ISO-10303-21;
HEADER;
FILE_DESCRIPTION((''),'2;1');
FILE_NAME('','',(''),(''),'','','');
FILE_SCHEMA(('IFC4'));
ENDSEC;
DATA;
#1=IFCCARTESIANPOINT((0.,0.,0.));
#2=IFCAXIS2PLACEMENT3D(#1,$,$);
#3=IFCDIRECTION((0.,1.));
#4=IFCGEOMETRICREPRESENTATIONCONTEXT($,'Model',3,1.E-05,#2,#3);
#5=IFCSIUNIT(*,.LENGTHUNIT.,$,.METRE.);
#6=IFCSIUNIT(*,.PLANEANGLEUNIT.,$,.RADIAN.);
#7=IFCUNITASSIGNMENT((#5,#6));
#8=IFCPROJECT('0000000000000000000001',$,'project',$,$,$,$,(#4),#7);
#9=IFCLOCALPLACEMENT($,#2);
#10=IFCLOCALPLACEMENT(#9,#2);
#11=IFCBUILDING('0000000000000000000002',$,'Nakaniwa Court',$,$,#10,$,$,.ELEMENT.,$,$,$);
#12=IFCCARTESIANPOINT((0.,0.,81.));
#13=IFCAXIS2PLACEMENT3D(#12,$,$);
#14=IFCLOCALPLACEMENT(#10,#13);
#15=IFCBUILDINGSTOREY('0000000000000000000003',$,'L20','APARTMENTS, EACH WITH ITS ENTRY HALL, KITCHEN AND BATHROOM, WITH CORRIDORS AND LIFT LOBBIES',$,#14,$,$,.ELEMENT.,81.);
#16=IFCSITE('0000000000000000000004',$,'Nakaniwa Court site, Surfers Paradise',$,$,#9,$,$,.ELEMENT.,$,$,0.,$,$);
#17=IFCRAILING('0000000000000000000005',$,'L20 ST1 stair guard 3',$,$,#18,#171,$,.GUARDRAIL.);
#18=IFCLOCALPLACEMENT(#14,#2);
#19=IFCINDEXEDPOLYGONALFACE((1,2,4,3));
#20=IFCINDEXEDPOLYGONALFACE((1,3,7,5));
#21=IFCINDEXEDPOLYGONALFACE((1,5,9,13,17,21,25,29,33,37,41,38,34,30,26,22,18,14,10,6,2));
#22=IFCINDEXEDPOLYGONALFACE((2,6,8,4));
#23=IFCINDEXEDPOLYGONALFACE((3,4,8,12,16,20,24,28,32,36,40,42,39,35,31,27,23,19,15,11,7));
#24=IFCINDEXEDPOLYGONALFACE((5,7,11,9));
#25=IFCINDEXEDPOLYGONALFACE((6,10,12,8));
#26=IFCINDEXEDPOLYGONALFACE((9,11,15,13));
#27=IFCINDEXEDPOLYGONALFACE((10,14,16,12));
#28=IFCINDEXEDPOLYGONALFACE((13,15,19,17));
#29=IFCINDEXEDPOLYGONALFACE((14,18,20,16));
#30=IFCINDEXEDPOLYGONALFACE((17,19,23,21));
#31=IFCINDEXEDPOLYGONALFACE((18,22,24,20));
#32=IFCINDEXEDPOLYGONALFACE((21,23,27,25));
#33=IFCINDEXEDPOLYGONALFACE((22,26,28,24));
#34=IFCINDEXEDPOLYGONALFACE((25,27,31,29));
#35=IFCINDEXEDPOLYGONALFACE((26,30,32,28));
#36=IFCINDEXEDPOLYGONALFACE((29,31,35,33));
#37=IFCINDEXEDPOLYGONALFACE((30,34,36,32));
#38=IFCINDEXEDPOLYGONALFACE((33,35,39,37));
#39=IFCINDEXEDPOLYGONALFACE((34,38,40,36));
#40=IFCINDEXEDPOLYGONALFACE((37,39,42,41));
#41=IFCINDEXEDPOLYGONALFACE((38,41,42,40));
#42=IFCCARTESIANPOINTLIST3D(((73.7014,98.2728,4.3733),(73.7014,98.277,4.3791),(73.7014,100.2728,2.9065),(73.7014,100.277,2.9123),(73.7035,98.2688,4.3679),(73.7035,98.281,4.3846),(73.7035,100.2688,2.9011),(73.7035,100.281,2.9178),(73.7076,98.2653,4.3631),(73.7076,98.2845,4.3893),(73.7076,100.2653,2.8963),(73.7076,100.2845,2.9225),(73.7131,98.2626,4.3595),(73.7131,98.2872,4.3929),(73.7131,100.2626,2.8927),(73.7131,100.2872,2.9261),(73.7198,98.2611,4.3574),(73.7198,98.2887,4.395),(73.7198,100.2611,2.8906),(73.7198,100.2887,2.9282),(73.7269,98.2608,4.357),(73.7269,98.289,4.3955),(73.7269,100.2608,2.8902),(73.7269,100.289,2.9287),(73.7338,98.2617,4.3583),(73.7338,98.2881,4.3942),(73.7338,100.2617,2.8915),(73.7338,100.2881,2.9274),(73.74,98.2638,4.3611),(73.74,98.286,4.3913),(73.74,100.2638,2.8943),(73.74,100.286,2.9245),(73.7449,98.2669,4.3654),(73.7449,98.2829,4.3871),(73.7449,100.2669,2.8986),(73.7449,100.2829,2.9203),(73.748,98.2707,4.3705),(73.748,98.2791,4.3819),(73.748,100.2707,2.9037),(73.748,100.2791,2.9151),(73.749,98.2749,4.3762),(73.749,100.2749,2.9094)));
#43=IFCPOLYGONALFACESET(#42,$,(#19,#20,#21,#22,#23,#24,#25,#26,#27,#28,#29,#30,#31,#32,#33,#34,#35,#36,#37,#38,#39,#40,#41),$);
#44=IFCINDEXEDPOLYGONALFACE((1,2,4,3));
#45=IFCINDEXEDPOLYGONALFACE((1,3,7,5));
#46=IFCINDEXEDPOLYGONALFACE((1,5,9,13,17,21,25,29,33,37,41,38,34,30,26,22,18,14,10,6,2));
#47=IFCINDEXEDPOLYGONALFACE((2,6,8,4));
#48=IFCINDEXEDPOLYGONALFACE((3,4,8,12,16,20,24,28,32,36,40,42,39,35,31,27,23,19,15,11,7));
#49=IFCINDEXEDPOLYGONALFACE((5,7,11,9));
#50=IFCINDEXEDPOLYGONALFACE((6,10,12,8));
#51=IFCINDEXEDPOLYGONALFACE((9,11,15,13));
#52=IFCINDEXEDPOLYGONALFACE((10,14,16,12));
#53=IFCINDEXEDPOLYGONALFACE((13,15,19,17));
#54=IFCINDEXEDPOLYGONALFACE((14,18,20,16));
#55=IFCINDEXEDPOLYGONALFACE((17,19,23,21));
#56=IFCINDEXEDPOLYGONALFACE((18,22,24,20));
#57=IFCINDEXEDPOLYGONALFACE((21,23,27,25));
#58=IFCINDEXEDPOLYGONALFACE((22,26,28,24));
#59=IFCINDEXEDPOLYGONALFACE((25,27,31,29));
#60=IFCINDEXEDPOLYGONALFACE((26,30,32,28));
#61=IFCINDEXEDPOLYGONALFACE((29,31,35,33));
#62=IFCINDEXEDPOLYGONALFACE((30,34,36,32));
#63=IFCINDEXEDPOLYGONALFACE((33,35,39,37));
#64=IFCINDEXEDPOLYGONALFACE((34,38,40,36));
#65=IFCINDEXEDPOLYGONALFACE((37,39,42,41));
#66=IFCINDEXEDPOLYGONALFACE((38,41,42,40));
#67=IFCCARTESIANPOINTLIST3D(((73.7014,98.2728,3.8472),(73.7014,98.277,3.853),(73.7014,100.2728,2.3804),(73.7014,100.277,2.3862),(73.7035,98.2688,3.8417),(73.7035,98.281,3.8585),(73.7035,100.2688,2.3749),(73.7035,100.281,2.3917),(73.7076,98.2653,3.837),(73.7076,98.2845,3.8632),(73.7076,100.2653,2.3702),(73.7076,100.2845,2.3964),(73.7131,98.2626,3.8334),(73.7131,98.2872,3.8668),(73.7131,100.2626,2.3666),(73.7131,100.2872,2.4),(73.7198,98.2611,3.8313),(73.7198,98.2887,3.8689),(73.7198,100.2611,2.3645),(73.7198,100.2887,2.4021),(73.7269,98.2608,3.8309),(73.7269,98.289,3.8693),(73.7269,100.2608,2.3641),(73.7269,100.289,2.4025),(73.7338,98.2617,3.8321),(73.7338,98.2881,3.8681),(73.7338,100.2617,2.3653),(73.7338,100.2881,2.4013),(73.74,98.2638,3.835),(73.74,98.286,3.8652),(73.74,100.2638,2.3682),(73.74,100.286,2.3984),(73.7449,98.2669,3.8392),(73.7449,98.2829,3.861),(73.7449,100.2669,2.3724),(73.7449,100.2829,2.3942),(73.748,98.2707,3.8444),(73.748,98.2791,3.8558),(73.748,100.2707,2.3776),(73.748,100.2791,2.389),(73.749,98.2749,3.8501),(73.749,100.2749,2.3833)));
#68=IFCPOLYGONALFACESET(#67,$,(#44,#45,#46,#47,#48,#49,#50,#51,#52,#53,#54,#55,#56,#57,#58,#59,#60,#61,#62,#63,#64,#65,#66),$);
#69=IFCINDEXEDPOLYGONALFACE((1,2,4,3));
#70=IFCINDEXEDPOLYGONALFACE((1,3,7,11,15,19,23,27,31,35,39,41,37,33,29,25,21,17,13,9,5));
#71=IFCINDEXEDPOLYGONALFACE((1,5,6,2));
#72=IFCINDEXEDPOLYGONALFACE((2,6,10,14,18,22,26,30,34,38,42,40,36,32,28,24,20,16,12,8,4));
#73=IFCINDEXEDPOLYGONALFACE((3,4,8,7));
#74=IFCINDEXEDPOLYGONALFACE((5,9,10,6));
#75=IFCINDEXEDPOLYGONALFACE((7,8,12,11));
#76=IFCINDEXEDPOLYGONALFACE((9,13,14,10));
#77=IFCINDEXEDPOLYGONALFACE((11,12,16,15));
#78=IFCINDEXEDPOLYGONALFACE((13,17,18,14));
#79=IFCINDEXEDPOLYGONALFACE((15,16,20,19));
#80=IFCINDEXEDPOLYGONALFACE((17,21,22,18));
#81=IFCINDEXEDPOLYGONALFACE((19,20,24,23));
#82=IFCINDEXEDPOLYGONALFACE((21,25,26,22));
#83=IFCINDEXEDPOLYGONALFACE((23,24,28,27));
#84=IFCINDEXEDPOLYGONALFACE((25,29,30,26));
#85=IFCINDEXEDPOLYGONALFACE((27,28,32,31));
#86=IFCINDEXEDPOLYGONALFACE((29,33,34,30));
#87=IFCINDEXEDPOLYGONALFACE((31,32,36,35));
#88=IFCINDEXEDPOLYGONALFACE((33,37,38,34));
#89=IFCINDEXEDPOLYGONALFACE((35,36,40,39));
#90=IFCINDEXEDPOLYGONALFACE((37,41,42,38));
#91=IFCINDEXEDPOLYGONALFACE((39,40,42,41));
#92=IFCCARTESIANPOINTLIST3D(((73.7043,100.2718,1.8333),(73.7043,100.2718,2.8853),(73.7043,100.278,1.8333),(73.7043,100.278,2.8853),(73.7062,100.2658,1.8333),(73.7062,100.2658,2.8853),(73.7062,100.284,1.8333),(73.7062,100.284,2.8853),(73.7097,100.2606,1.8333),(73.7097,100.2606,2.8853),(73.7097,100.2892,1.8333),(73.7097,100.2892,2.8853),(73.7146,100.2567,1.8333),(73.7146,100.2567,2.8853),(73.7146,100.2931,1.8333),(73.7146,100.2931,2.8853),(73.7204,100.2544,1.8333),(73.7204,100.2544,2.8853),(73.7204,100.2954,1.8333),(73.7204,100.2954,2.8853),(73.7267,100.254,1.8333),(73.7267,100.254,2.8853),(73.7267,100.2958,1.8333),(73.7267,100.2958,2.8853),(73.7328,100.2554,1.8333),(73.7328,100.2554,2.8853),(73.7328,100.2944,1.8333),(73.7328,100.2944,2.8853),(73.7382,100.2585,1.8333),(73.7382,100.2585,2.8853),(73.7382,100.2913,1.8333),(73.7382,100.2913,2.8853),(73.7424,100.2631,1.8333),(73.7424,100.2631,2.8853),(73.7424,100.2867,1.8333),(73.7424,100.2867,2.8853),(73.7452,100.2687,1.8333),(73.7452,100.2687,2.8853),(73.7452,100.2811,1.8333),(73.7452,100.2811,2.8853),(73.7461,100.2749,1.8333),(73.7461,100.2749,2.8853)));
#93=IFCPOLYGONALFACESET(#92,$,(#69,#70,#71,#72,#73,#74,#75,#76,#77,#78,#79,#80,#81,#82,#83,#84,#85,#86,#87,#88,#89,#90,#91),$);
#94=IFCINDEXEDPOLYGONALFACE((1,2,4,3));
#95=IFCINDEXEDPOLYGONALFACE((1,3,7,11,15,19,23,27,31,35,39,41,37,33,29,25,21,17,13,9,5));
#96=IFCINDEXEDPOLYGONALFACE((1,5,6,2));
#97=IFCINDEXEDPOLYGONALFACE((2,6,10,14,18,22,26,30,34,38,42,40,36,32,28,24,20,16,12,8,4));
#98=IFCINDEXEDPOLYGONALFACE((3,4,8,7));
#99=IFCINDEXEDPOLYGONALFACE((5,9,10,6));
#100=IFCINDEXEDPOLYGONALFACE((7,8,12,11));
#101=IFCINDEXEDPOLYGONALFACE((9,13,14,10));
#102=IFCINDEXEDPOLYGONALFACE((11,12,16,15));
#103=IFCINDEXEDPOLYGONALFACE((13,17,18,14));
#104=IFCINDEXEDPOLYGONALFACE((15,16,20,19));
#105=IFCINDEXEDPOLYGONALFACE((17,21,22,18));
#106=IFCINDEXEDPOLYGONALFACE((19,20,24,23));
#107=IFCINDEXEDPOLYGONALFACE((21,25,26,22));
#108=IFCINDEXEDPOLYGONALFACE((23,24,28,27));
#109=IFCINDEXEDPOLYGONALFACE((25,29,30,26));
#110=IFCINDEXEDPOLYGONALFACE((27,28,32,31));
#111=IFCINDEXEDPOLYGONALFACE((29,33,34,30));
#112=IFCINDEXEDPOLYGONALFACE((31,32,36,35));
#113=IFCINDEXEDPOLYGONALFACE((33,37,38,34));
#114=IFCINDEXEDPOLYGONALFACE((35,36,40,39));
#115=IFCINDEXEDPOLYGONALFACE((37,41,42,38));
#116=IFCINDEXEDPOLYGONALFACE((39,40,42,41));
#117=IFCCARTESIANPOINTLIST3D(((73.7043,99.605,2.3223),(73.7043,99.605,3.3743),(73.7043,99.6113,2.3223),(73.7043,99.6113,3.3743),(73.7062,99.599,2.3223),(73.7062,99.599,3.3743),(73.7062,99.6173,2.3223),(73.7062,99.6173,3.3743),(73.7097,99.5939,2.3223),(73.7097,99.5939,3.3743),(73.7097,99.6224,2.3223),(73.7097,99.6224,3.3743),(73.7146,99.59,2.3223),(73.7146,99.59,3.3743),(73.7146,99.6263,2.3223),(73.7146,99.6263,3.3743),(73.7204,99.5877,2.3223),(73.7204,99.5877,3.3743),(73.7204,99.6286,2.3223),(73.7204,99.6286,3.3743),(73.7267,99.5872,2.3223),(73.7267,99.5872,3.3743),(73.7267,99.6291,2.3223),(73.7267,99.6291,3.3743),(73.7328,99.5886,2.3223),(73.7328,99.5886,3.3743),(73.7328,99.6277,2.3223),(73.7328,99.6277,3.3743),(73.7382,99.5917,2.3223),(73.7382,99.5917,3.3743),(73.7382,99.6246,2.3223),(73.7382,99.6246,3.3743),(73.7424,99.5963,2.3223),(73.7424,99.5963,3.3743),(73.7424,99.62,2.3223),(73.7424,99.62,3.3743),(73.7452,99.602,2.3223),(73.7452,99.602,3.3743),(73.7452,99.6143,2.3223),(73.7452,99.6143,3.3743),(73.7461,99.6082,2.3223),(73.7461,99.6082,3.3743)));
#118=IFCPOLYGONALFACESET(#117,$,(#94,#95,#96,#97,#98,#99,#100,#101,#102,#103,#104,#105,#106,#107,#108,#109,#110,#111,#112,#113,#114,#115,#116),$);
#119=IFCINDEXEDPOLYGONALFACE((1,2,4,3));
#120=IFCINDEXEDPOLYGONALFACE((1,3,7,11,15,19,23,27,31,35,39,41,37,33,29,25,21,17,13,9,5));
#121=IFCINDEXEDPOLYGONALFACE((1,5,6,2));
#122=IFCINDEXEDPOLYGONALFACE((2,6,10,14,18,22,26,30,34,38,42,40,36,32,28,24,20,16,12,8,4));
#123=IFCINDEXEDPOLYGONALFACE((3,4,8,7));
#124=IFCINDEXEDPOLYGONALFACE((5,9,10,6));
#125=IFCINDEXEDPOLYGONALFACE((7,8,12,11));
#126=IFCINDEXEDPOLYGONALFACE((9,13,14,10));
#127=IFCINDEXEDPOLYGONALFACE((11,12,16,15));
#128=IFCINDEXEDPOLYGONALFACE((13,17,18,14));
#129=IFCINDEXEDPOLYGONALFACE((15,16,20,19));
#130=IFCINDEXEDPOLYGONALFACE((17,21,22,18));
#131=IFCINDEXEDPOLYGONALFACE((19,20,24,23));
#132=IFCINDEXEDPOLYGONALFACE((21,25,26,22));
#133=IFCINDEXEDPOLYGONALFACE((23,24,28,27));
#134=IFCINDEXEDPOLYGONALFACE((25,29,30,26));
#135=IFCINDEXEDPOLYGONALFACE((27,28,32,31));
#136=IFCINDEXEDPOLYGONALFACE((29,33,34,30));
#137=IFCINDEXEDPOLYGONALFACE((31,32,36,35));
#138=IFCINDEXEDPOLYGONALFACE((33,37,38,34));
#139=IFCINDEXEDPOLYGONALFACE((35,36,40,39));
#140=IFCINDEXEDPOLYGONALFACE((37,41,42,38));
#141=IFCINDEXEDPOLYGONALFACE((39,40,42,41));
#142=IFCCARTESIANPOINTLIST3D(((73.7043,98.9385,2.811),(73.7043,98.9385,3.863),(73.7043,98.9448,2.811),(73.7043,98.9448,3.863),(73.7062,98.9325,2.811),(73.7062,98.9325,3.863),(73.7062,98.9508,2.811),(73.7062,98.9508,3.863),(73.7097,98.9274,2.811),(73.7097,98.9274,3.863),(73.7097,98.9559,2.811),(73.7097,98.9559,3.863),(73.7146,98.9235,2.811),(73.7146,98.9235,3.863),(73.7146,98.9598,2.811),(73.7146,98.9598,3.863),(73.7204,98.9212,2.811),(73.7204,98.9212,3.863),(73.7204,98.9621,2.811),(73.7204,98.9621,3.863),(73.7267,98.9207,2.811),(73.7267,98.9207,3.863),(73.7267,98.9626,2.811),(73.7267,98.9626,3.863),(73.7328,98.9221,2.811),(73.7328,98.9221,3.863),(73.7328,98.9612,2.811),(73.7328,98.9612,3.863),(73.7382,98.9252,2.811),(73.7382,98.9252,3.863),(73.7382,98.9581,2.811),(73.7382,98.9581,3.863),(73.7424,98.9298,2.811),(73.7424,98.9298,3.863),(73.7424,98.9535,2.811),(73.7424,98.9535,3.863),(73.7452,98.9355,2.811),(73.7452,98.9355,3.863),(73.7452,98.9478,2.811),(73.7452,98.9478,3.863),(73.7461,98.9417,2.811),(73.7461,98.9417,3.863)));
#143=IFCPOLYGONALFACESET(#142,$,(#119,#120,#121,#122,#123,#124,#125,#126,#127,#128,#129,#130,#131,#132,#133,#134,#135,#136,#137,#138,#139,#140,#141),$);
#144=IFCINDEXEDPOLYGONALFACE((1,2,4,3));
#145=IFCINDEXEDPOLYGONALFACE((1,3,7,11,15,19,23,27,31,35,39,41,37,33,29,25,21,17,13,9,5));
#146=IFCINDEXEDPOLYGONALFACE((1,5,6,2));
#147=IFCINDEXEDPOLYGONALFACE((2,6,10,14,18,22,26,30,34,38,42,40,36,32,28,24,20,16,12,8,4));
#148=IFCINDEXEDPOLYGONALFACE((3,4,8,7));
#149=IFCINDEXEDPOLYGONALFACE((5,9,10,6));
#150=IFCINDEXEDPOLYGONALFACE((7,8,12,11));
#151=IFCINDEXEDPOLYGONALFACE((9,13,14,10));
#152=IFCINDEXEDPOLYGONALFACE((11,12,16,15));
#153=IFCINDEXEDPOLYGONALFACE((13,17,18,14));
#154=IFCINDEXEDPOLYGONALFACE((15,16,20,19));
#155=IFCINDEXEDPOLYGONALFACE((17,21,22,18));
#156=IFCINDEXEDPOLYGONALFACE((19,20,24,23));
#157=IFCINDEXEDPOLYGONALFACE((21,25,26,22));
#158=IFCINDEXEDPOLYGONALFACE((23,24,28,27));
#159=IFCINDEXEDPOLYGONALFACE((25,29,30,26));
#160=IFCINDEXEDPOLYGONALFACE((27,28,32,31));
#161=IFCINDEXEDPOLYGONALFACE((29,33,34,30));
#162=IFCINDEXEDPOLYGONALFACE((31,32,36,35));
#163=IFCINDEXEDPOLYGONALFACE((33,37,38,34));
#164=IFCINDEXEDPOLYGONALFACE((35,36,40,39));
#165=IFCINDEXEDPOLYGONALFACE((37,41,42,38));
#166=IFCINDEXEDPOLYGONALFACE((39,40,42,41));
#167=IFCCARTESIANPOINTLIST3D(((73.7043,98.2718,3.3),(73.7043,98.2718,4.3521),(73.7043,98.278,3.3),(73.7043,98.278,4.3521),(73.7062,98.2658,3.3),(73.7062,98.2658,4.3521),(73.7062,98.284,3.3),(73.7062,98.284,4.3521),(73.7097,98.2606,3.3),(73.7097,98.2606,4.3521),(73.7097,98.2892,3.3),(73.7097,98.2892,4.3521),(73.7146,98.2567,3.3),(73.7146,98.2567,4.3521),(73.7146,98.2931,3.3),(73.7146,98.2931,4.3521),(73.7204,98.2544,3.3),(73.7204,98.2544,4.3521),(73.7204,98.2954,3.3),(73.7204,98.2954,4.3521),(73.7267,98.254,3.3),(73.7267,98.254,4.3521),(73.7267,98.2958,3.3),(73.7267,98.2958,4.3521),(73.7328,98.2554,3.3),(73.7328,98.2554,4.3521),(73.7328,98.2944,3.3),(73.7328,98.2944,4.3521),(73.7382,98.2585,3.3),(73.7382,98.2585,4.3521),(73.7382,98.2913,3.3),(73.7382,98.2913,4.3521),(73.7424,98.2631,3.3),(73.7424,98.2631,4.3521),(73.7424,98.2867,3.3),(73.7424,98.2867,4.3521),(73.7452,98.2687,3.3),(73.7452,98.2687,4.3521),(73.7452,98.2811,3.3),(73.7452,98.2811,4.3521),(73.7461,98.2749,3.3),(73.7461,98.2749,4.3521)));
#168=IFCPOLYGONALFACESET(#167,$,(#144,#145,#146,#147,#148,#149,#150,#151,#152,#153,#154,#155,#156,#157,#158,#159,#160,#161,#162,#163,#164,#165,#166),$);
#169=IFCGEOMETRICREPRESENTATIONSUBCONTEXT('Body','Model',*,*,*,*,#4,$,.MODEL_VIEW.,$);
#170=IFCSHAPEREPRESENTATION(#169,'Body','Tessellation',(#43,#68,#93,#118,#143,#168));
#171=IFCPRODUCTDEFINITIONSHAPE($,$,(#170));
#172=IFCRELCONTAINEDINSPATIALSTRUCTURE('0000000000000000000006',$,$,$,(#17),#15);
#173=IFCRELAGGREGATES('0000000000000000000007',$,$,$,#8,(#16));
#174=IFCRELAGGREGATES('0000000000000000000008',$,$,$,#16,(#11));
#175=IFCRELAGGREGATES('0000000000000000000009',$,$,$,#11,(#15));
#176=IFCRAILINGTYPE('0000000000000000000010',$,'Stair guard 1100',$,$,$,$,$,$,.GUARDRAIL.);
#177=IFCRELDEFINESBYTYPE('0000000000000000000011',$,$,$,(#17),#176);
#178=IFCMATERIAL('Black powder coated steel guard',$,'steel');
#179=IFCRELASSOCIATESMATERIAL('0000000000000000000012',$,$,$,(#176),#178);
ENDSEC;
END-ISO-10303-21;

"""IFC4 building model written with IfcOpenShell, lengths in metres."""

from ifc_helpers import new_model, si_unit, direction, frame, origin, origin_2d, place, context, subcontext, project, spatial, circle, extrude, material, type_object, element, save


model = new_model("IFC4")

# Units and contexts
model_context = context("Model", 3, precision=1e-05, world=origin(), true_north=direction((0.0, 1.0)))
body_context = subcontext(model_context, "Body", "Model", "MODEL_VIEW")
ifc_project = project(units=[si_unit("LENGTHUNIT", "METRE"), si_unit("PLANEANGLEUNIT", "RADIAN")], contexts=[model_context])

# Site, building, storey
site_placement = place(None, origin())
site = spatial("IfcSite", under=ifc_project, at=site_placement, Name="Nakaniwa Court site, Surfers Paradise", CompositionType="ELEMENT", RefElevation=0.0)
building_placement = place(site_placement, origin())
building = spatial("IfcBuilding", under=site, at=building_placement, Name="Nakaniwa Court", CompositionType="ELEMENT")
storey_placement = place(building_placement, frame((0.0, 0.0, 81.0)))
storey = spatial("IfcBuildingStorey", under=building, at=storey_placement, Name="L20", Description="APARTMENTS, EACH WITH ITS ENTRY HALL, KITCHEN AND BATHROOM, WITH CORRIDORS AND LIFT LOBBIES", CompositionType="ELEMENT", Elevation=81.0)

# Railing
ifc_material_1 = material(Name="Black powder coated steel guard", Category="steel")
railing_type_1 = type_object("IfcRailingType", Name="Stair guard 1100", PredefinedType="GUARDRAIL", material=ifc_material_1)
railing_1_placement = place(storey_placement, frame((73.7251, 100.2749, 1.8333)))
element("IfcRailing", 1, at=railing_1_placement, inside=storey, type_object=railing_type_1, Name="L20 ST1 stair guard 3", PredefinedType="GUARDRAIL", context=body_context, shape_type="SweptSolid", body=[
    extrude(circle(Radius=0.0239, at=origin_2d()), frame((0.0, 0.0, 1.0762), z_axis=(0.0, -0.80638, 0.591398), x_axis=(1.0, 0.0, 0.0)), (0.0, 0.0, 1.0), 2.4802),
    extrude(circle(Radius=0.0239, at=origin_2d()), frame((0.0, 0.0, 0.55), z_axis=(0.0, -0.80638, 0.591398), x_axis=(1.0, 0.0, 0.0)), (0.0, 0.0, 1.0), 2.4802),
    extrude(circle(Radius=0.021, at=origin_2d()), origin(), (0.0, 0.0, 1.0), 1.052),
    extrude(circle(Radius=0.021, at=origin_2d()), frame((0.0, -0.6667, 0.489)), (0.0, 0.0, 1.0), 1.052),
    extrude(circle(Radius=0.021, at=origin_2d()), frame((0.0, -1.3333, 0.9778)), (0.0, 0.0, 1.0), 1.052),
    extrude(circle(Radius=0.021, at=origin_2d()), frame((0.0, -2.0, 1.4668)), (0.0, 0.0, 1.0), 1.052),
])

save(model, "model.ifc")
